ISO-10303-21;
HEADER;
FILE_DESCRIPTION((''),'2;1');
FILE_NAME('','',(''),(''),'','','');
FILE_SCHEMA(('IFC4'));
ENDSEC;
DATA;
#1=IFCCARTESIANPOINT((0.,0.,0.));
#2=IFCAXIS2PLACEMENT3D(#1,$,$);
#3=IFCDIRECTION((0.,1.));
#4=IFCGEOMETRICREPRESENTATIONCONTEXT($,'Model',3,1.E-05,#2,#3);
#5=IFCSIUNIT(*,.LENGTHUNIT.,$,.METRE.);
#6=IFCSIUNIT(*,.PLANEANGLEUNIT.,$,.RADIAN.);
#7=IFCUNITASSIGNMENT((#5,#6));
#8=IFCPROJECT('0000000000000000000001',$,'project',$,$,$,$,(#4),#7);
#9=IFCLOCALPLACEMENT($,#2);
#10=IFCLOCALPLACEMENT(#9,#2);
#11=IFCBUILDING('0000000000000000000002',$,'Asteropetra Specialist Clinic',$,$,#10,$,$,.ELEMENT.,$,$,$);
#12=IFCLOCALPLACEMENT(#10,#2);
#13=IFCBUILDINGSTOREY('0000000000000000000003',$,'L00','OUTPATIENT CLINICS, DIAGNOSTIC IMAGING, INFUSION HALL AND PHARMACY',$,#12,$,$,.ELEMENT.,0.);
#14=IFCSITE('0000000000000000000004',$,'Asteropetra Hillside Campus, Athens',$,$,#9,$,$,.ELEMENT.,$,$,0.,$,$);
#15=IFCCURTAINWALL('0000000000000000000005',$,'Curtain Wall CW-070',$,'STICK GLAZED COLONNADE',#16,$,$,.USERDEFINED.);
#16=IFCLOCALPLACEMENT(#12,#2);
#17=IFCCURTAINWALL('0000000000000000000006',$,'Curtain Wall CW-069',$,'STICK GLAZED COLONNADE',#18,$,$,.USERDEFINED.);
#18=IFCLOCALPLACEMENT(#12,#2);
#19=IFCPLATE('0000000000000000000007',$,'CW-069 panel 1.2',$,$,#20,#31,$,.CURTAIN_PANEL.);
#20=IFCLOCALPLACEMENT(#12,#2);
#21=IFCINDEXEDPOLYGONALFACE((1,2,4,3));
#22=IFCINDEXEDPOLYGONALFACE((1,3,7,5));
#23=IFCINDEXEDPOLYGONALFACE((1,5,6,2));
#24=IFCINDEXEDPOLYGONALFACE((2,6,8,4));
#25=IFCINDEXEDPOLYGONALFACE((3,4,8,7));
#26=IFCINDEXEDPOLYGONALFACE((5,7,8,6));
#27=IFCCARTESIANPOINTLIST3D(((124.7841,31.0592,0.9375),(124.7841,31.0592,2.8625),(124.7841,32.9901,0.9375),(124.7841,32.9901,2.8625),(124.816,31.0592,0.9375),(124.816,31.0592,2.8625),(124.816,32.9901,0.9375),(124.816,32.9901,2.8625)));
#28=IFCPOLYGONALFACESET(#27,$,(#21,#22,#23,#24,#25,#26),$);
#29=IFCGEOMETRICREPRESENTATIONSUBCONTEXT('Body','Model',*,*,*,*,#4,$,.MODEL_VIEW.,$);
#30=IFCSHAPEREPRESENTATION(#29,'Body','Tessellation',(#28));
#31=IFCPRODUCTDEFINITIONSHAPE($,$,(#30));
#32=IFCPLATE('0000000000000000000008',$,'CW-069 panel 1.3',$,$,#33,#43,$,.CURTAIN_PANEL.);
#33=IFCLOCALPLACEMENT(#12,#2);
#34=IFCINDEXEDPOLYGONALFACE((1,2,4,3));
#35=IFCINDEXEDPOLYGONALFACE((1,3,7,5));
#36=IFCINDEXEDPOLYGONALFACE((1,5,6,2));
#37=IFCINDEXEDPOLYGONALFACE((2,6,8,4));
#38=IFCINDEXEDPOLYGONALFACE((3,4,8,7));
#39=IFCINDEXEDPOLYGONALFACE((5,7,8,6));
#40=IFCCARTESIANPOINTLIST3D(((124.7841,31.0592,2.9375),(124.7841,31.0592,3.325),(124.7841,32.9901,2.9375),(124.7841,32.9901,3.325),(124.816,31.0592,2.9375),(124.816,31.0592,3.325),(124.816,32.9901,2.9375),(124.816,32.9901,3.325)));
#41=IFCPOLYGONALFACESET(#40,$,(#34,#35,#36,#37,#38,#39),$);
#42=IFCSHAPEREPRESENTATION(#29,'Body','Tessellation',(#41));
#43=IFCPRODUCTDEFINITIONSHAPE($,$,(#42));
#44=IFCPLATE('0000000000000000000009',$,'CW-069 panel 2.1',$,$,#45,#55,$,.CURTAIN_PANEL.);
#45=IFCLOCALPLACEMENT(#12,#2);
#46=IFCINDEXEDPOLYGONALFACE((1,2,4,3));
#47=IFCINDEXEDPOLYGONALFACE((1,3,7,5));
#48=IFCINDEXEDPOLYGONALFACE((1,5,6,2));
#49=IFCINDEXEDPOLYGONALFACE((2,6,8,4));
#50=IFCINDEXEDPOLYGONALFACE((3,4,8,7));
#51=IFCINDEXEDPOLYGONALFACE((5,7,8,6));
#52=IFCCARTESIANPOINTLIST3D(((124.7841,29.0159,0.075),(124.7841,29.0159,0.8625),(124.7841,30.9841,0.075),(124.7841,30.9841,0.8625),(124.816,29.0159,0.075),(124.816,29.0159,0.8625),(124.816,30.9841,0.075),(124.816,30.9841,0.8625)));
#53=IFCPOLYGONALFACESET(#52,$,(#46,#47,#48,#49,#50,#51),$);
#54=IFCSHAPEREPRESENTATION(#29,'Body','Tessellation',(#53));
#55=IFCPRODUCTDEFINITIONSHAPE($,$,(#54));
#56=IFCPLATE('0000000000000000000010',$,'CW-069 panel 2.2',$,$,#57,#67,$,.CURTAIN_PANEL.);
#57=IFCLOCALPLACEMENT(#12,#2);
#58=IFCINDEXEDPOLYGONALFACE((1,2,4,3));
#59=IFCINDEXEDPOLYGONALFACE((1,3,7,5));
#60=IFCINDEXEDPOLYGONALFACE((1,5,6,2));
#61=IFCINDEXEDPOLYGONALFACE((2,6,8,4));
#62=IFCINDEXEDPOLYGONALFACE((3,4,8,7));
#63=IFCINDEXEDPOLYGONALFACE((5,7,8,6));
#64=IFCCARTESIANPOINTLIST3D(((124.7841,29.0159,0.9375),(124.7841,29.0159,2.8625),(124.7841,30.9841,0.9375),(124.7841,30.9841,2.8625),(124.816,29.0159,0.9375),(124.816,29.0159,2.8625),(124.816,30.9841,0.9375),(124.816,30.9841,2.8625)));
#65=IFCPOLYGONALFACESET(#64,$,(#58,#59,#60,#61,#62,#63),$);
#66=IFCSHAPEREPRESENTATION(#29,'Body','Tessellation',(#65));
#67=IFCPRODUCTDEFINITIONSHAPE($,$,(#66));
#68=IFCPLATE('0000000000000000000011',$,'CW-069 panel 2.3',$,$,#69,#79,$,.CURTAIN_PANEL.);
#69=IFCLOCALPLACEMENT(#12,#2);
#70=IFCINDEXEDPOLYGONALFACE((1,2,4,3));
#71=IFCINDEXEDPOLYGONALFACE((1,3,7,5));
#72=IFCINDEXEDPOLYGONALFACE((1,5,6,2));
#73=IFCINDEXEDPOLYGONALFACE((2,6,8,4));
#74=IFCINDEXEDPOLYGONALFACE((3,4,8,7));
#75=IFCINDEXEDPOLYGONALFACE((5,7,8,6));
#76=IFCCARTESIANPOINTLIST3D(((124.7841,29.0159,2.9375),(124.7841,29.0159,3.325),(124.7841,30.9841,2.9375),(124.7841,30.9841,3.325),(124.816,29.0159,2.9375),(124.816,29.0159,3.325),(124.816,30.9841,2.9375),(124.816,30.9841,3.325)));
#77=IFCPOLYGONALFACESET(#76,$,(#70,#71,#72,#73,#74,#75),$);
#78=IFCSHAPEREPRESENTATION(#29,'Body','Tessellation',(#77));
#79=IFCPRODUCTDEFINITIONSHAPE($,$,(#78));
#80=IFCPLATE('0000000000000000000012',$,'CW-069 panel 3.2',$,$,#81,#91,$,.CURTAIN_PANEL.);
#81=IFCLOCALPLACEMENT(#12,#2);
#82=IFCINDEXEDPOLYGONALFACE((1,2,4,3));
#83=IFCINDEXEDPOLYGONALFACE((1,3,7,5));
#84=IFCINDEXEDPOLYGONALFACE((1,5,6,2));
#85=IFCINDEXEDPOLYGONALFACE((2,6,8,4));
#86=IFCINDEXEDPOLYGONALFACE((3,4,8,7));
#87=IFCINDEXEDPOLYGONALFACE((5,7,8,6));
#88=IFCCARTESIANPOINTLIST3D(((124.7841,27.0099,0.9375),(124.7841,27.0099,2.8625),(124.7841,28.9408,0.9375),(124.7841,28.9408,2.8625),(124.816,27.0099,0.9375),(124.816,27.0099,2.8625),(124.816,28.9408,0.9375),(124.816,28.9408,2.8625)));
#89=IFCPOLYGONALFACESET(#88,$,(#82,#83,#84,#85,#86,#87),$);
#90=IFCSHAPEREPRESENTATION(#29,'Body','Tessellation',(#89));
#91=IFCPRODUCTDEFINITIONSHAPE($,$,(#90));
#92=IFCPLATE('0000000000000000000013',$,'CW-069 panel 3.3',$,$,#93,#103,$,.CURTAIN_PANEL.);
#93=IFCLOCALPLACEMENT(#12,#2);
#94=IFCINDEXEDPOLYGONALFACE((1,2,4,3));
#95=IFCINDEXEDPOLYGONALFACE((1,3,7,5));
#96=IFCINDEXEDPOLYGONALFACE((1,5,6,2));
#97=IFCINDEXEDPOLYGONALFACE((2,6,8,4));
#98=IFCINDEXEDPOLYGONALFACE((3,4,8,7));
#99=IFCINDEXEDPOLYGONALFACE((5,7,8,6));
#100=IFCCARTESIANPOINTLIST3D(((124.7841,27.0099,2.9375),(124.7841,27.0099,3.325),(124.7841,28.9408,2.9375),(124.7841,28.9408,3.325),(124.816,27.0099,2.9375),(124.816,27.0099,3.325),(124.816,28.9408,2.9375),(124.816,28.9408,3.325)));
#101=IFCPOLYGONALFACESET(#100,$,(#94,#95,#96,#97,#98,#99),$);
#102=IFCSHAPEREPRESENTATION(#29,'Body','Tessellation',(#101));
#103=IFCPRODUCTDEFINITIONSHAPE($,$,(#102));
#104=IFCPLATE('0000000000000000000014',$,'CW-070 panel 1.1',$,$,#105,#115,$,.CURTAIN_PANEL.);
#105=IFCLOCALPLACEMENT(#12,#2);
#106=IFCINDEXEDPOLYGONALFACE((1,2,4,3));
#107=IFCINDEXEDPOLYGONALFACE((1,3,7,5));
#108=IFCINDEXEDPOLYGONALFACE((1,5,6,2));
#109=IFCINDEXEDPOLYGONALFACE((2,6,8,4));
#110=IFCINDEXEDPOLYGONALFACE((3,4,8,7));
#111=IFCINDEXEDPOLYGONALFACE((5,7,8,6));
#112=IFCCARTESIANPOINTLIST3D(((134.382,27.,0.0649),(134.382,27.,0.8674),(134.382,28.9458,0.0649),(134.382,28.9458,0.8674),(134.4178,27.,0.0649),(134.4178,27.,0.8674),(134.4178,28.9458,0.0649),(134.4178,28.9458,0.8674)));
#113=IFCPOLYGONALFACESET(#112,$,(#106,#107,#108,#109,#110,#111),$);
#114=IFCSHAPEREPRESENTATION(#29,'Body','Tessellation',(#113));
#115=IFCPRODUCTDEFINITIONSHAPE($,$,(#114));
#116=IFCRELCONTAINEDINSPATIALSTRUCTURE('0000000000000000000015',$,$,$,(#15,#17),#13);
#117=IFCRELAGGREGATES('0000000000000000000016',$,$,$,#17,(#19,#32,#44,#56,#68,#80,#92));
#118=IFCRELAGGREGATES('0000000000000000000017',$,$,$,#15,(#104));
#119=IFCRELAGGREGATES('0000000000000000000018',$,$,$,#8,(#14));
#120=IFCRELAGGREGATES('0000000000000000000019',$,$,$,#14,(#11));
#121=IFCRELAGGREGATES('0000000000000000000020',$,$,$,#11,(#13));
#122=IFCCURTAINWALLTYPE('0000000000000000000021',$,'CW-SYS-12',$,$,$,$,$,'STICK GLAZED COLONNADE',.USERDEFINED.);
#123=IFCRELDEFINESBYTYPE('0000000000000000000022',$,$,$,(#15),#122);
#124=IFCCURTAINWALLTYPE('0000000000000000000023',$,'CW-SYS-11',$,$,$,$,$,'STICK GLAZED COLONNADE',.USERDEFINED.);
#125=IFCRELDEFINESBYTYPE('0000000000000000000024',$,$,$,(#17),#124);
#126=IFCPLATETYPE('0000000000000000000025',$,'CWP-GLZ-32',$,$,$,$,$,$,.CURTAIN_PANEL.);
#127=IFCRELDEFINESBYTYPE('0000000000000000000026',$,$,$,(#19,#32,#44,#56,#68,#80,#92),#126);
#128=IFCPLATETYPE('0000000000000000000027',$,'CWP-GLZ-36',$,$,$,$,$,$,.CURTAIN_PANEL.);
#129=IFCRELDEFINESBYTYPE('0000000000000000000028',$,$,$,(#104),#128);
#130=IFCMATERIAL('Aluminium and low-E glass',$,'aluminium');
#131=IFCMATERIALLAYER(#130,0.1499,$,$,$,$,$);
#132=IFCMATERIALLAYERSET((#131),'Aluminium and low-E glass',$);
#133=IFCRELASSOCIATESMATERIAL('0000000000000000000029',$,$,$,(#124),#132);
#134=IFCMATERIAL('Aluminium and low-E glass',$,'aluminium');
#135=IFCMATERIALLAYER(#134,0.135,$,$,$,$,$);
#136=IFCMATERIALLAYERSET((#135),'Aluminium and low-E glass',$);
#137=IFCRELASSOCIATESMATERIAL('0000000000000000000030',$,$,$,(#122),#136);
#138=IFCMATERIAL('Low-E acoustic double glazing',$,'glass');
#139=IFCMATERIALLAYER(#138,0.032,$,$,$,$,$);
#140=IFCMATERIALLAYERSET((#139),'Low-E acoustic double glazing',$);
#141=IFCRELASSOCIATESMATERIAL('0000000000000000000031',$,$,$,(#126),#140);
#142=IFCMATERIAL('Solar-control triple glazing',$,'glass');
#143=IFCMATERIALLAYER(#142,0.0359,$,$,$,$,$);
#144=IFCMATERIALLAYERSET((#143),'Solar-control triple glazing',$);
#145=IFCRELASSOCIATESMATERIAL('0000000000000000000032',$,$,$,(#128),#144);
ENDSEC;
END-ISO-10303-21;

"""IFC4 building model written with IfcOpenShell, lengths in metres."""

from ifc_helpers import new_model, si_unit, direction, frame, origin, origin_2d, place, context, subcontext, project, spatial, rectangle, extrude, material, layer, layer_set, type_object, element, aggregate, save


model = new_model("IFC4")

# Units and contexts
model_context = context("Model", 3, precision=1e-05, world=origin(), true_north=direction((0.0, 1.0)))
body_context = subcontext(model_context, "Body", "Model", "MODEL_VIEW")
ifc_project = project(units=[si_unit("LENGTHUNIT", "METRE"), si_unit("PLANEANGLEUNIT", "RADIAN")], contexts=[model_context])

# Site, building, storey
site_placement = place(None, origin())
site = spatial("IfcSite", under=ifc_project, at=site_placement, Name="Asteropetra Hillside Campus, Athens", CompositionType="ELEMENT", RefElevation=0.0)
building_placement = place(site_placement, origin())
building = spatial("IfcBuilding", under=site, at=building_placement, Name="Asteropetra Specialist Clinic", CompositionType="ELEMENT")
storey_placement = place(building_placement, origin())
storey = spatial("IfcBuildingStorey", under=building, at=storey_placement, Name="L00", Description="OUTPATIENT CLINICS, DIAGNOSTIC IMAGING, INFUSION HALL AND PHARMACY", CompositionType="ELEMENT", Elevation=0.0)

# Curtain wall
ifc_material_1 = material(Name="Aluminium and low-E glass", Category="aluminium")
ifc_layer_1 = layer(ifc_material_1, 0.1499)
ifc_layer_set_1 = layer_set([ifc_layer_1], Name="Aluminium and low-E glass")
curtain_wall_type_1 = type_object("IfcCurtainWallType", Name="CW-SYS-11", ElementType="STICK GLAZED COLONNADE", PredefinedType="USERDEFINED", material=ifc_layer_set_1)
ifc_material_2 = material(Name="Aluminium and low-E glass", Category="aluminium")
ifc_layer_2 = layer(ifc_material_2, 0.135)
ifc_layer_set_2 = layer_set([ifc_layer_2], Name="Aluminium and low-E glass")
curtain_wall_type_2 = type_object("IfcCurtainWallType", Name="CW-SYS-12", ElementType="STICK GLAZED COLONNADE", PredefinedType="USERDEFINED", material=ifc_layer_set_2)
curtain_wall_1_placement = place(storey_placement, origin())
curtain_wall_1 = element("IfcCurtainWall", 1, at=curtain_wall_1_placement, inside=storey, type_object=curtain_wall_type_2, Name="Curtain Wall CW-070", ObjectType="STICK GLAZED COLONNADE", PredefinedType="USERDEFINED")

# Curtain wall
curtain_wall_2_placement = place(storey_placement, origin())
curtain_wall_2 = element("IfcCurtainWall", 2, at=curtain_wall_2_placement, inside=storey, type_object=curtain_wall_type_1, Name="Curtain Wall CW-069", ObjectType="STICK GLAZED COLONNADE", PredefinedType="USERDEFINED")

# Plates
ifc_material_3 = material(Name="Low-E acoustic double glazing", Category="glass")
ifc_layer_3 = layer(ifc_material_3, 0.032)
ifc_layer_set_3 = layer_set([ifc_layer_3], Name="Low-E acoustic double glazing")
plate_type_1 = type_object("IfcPlateType", Name="CWP-GLZ-32", PredefinedType="CURTAIN_PANEL", material=ifc_layer_set_3)
plate_1_placement = place(storey_placement, frame((124.8, 32.0247, 0.9375), z_axis=(0.0, 0.0, 1.0), x_axis=(0.0, -1.0, 0.0)))
plate_1 = element("IfcPlate", 3, at=plate_1_placement, type_object=plate_type_1, Name="CW-069 panel 1.2", PredefinedType="CURTAIN_PANEL", context=body_context, shape_type="SweptSolid", body=[
    extrude(rectangle(XDim=1.9309, YDim=0.032, at=origin_2d()), origin(), (0.0, 0.0, 1.0), 1.925),
])
plate_2_placement = place(storey_placement, frame((124.8, 32.0247, 2.9375), z_axis=(0.0, 0.0, 1.0), x_axis=(0.0, -1.0, 0.0)))
plate_2 = element("IfcPlate", 4, at=plate_2_placement, type_object=plate_type_1, Name="CW-069 panel 1.3", PredefinedType="CURTAIN_PANEL", context=body_context, shape_type="SweptSolid", body=[
    extrude(rectangle(XDim=1.9309, YDim=0.032, at=origin_2d()), origin(), (0.0, 0.0, 1.0), 0.3875),
])
plate_3_placement = place(storey_placement, frame((124.8, 30.0, 0.075), z_axis=(0.0, 0.0, 1.0), x_axis=(0.0, -1.0, 0.0)))
plate_3 = element("IfcPlate", 5, at=plate_3_placement, type_object=plate_type_1, Name="CW-069 panel 2.1", PredefinedType="CURTAIN_PANEL", context=body_context, shape_type="SweptSolid", body=[
    extrude(rectangle(XDim=1.9683, YDim=0.032, at=origin_2d()), origin(), (0.0, 0.0, 1.0), 0.7876),
])
plate_4_placement = place(storey_placement, frame((124.8, 30.0, 0.9375), z_axis=(0.0, 0.0, 1.0), x_axis=(0.0, -1.0, 0.0)))
plate_4 = element("IfcPlate", 6, at=plate_4_placement, type_object=plate_type_1, Name="CW-069 panel 2.2", PredefinedType="CURTAIN_PANEL", context=body_context, shape_type="SweptSolid", body=[
    extrude(rectangle(XDim=1.9683, YDim=0.032, at=origin_2d()), origin(), (0.0, 0.0, 1.0), 1.925),
])
plate_5_placement = place(storey_placement, frame((124.8, 30.0, 2.9375), z_axis=(0.0, 0.0, 1.0), x_axis=(0.0, -1.0, 0.0)))
plate_5 = element("IfcPlate", 7, at=plate_5_placement, type_object=plate_type_1, Name="CW-069 panel 2.3", PredefinedType="CURTAIN_PANEL", context=body_context, shape_type="SweptSolid", body=[
    extrude(rectangle(XDim=1.9683, YDim=0.032, at=origin_2d()), origin(), (0.0, 0.0, 1.0), 0.3875),
])
plate_6_placement = place(storey_placement, frame((124.8, 27.9753, 0.9375), z_axis=(0.0, 0.0, 1.0), x_axis=(0.0, -1.0, 0.0)))
plate_6 = element("IfcPlate", 8, at=plate_6_placement, type_object=plate_type_1, Name="CW-069 panel 3.2", PredefinedType="CURTAIN_PANEL", context=body_context, shape_type="SweptSolid", body=[
    extrude(rectangle(XDim=1.9309, YDim=0.032, at=origin_2d()), origin(), (0.0, 0.0, 1.0), 1.925),
])
plate_7_placement = place(storey_placement, frame((124.8, 27.9753, 2.9375), z_axis=(0.0, 0.0, 1.0), x_axis=(0.0, -1.0, 0.0)))
plate_7 = element("IfcPlate", 9, at=plate_7_placement, type_object=plate_type_1, Name="CW-069 panel 3.3", PredefinedType="CURTAIN_PANEL", context=body_context, shape_type="SweptSolid", body=[
    extrude(rectangle(XDim=1.9309, YDim=0.032, at=origin_2d()), origin(), (0.0, 0.0, 1.0), 0.3875),
])
aggregate(curtain_wall_2, [plate_1, plate_2, plate_3, plate_4, plate_5, plate_6, plate_7])
ifc_material_4 = material(Name="Solar-control triple glazing", Category="glass")
ifc_layer_4 = layer(ifc_material_4, 0.0359)
ifc_layer_set_4 = layer_set([ifc_layer_4], Name="Solar-control triple glazing")
plate_type_2 = type_object("IfcPlateType", Name="CWP-GLZ-36", PredefinedType="CURTAIN_PANEL", material=ifc_layer_set_4)
plate_8_placement = place(storey_placement, frame((134.3999, 27.9729, 0.0649), z_axis=(0.0, 0.0, 1.0), x_axis=(0.0, 1.0, 0.0)))
plate_8 = element("IfcPlate", 10, at=plate_8_placement, type_object=plate_type_2, Name="CW-070 panel 1.1", PredefinedType="CURTAIN_PANEL", context=body_context, shape_type="SweptSolid", body=[
    extrude(rectangle(XDim=1.9458, YDim=0.0359, at=origin_2d()), origin(), (0.0, 0.0, 1.0), 0.8025),
])
aggregate(curtain_wall_1, [plate_8])

save(model, "model.ifc")
